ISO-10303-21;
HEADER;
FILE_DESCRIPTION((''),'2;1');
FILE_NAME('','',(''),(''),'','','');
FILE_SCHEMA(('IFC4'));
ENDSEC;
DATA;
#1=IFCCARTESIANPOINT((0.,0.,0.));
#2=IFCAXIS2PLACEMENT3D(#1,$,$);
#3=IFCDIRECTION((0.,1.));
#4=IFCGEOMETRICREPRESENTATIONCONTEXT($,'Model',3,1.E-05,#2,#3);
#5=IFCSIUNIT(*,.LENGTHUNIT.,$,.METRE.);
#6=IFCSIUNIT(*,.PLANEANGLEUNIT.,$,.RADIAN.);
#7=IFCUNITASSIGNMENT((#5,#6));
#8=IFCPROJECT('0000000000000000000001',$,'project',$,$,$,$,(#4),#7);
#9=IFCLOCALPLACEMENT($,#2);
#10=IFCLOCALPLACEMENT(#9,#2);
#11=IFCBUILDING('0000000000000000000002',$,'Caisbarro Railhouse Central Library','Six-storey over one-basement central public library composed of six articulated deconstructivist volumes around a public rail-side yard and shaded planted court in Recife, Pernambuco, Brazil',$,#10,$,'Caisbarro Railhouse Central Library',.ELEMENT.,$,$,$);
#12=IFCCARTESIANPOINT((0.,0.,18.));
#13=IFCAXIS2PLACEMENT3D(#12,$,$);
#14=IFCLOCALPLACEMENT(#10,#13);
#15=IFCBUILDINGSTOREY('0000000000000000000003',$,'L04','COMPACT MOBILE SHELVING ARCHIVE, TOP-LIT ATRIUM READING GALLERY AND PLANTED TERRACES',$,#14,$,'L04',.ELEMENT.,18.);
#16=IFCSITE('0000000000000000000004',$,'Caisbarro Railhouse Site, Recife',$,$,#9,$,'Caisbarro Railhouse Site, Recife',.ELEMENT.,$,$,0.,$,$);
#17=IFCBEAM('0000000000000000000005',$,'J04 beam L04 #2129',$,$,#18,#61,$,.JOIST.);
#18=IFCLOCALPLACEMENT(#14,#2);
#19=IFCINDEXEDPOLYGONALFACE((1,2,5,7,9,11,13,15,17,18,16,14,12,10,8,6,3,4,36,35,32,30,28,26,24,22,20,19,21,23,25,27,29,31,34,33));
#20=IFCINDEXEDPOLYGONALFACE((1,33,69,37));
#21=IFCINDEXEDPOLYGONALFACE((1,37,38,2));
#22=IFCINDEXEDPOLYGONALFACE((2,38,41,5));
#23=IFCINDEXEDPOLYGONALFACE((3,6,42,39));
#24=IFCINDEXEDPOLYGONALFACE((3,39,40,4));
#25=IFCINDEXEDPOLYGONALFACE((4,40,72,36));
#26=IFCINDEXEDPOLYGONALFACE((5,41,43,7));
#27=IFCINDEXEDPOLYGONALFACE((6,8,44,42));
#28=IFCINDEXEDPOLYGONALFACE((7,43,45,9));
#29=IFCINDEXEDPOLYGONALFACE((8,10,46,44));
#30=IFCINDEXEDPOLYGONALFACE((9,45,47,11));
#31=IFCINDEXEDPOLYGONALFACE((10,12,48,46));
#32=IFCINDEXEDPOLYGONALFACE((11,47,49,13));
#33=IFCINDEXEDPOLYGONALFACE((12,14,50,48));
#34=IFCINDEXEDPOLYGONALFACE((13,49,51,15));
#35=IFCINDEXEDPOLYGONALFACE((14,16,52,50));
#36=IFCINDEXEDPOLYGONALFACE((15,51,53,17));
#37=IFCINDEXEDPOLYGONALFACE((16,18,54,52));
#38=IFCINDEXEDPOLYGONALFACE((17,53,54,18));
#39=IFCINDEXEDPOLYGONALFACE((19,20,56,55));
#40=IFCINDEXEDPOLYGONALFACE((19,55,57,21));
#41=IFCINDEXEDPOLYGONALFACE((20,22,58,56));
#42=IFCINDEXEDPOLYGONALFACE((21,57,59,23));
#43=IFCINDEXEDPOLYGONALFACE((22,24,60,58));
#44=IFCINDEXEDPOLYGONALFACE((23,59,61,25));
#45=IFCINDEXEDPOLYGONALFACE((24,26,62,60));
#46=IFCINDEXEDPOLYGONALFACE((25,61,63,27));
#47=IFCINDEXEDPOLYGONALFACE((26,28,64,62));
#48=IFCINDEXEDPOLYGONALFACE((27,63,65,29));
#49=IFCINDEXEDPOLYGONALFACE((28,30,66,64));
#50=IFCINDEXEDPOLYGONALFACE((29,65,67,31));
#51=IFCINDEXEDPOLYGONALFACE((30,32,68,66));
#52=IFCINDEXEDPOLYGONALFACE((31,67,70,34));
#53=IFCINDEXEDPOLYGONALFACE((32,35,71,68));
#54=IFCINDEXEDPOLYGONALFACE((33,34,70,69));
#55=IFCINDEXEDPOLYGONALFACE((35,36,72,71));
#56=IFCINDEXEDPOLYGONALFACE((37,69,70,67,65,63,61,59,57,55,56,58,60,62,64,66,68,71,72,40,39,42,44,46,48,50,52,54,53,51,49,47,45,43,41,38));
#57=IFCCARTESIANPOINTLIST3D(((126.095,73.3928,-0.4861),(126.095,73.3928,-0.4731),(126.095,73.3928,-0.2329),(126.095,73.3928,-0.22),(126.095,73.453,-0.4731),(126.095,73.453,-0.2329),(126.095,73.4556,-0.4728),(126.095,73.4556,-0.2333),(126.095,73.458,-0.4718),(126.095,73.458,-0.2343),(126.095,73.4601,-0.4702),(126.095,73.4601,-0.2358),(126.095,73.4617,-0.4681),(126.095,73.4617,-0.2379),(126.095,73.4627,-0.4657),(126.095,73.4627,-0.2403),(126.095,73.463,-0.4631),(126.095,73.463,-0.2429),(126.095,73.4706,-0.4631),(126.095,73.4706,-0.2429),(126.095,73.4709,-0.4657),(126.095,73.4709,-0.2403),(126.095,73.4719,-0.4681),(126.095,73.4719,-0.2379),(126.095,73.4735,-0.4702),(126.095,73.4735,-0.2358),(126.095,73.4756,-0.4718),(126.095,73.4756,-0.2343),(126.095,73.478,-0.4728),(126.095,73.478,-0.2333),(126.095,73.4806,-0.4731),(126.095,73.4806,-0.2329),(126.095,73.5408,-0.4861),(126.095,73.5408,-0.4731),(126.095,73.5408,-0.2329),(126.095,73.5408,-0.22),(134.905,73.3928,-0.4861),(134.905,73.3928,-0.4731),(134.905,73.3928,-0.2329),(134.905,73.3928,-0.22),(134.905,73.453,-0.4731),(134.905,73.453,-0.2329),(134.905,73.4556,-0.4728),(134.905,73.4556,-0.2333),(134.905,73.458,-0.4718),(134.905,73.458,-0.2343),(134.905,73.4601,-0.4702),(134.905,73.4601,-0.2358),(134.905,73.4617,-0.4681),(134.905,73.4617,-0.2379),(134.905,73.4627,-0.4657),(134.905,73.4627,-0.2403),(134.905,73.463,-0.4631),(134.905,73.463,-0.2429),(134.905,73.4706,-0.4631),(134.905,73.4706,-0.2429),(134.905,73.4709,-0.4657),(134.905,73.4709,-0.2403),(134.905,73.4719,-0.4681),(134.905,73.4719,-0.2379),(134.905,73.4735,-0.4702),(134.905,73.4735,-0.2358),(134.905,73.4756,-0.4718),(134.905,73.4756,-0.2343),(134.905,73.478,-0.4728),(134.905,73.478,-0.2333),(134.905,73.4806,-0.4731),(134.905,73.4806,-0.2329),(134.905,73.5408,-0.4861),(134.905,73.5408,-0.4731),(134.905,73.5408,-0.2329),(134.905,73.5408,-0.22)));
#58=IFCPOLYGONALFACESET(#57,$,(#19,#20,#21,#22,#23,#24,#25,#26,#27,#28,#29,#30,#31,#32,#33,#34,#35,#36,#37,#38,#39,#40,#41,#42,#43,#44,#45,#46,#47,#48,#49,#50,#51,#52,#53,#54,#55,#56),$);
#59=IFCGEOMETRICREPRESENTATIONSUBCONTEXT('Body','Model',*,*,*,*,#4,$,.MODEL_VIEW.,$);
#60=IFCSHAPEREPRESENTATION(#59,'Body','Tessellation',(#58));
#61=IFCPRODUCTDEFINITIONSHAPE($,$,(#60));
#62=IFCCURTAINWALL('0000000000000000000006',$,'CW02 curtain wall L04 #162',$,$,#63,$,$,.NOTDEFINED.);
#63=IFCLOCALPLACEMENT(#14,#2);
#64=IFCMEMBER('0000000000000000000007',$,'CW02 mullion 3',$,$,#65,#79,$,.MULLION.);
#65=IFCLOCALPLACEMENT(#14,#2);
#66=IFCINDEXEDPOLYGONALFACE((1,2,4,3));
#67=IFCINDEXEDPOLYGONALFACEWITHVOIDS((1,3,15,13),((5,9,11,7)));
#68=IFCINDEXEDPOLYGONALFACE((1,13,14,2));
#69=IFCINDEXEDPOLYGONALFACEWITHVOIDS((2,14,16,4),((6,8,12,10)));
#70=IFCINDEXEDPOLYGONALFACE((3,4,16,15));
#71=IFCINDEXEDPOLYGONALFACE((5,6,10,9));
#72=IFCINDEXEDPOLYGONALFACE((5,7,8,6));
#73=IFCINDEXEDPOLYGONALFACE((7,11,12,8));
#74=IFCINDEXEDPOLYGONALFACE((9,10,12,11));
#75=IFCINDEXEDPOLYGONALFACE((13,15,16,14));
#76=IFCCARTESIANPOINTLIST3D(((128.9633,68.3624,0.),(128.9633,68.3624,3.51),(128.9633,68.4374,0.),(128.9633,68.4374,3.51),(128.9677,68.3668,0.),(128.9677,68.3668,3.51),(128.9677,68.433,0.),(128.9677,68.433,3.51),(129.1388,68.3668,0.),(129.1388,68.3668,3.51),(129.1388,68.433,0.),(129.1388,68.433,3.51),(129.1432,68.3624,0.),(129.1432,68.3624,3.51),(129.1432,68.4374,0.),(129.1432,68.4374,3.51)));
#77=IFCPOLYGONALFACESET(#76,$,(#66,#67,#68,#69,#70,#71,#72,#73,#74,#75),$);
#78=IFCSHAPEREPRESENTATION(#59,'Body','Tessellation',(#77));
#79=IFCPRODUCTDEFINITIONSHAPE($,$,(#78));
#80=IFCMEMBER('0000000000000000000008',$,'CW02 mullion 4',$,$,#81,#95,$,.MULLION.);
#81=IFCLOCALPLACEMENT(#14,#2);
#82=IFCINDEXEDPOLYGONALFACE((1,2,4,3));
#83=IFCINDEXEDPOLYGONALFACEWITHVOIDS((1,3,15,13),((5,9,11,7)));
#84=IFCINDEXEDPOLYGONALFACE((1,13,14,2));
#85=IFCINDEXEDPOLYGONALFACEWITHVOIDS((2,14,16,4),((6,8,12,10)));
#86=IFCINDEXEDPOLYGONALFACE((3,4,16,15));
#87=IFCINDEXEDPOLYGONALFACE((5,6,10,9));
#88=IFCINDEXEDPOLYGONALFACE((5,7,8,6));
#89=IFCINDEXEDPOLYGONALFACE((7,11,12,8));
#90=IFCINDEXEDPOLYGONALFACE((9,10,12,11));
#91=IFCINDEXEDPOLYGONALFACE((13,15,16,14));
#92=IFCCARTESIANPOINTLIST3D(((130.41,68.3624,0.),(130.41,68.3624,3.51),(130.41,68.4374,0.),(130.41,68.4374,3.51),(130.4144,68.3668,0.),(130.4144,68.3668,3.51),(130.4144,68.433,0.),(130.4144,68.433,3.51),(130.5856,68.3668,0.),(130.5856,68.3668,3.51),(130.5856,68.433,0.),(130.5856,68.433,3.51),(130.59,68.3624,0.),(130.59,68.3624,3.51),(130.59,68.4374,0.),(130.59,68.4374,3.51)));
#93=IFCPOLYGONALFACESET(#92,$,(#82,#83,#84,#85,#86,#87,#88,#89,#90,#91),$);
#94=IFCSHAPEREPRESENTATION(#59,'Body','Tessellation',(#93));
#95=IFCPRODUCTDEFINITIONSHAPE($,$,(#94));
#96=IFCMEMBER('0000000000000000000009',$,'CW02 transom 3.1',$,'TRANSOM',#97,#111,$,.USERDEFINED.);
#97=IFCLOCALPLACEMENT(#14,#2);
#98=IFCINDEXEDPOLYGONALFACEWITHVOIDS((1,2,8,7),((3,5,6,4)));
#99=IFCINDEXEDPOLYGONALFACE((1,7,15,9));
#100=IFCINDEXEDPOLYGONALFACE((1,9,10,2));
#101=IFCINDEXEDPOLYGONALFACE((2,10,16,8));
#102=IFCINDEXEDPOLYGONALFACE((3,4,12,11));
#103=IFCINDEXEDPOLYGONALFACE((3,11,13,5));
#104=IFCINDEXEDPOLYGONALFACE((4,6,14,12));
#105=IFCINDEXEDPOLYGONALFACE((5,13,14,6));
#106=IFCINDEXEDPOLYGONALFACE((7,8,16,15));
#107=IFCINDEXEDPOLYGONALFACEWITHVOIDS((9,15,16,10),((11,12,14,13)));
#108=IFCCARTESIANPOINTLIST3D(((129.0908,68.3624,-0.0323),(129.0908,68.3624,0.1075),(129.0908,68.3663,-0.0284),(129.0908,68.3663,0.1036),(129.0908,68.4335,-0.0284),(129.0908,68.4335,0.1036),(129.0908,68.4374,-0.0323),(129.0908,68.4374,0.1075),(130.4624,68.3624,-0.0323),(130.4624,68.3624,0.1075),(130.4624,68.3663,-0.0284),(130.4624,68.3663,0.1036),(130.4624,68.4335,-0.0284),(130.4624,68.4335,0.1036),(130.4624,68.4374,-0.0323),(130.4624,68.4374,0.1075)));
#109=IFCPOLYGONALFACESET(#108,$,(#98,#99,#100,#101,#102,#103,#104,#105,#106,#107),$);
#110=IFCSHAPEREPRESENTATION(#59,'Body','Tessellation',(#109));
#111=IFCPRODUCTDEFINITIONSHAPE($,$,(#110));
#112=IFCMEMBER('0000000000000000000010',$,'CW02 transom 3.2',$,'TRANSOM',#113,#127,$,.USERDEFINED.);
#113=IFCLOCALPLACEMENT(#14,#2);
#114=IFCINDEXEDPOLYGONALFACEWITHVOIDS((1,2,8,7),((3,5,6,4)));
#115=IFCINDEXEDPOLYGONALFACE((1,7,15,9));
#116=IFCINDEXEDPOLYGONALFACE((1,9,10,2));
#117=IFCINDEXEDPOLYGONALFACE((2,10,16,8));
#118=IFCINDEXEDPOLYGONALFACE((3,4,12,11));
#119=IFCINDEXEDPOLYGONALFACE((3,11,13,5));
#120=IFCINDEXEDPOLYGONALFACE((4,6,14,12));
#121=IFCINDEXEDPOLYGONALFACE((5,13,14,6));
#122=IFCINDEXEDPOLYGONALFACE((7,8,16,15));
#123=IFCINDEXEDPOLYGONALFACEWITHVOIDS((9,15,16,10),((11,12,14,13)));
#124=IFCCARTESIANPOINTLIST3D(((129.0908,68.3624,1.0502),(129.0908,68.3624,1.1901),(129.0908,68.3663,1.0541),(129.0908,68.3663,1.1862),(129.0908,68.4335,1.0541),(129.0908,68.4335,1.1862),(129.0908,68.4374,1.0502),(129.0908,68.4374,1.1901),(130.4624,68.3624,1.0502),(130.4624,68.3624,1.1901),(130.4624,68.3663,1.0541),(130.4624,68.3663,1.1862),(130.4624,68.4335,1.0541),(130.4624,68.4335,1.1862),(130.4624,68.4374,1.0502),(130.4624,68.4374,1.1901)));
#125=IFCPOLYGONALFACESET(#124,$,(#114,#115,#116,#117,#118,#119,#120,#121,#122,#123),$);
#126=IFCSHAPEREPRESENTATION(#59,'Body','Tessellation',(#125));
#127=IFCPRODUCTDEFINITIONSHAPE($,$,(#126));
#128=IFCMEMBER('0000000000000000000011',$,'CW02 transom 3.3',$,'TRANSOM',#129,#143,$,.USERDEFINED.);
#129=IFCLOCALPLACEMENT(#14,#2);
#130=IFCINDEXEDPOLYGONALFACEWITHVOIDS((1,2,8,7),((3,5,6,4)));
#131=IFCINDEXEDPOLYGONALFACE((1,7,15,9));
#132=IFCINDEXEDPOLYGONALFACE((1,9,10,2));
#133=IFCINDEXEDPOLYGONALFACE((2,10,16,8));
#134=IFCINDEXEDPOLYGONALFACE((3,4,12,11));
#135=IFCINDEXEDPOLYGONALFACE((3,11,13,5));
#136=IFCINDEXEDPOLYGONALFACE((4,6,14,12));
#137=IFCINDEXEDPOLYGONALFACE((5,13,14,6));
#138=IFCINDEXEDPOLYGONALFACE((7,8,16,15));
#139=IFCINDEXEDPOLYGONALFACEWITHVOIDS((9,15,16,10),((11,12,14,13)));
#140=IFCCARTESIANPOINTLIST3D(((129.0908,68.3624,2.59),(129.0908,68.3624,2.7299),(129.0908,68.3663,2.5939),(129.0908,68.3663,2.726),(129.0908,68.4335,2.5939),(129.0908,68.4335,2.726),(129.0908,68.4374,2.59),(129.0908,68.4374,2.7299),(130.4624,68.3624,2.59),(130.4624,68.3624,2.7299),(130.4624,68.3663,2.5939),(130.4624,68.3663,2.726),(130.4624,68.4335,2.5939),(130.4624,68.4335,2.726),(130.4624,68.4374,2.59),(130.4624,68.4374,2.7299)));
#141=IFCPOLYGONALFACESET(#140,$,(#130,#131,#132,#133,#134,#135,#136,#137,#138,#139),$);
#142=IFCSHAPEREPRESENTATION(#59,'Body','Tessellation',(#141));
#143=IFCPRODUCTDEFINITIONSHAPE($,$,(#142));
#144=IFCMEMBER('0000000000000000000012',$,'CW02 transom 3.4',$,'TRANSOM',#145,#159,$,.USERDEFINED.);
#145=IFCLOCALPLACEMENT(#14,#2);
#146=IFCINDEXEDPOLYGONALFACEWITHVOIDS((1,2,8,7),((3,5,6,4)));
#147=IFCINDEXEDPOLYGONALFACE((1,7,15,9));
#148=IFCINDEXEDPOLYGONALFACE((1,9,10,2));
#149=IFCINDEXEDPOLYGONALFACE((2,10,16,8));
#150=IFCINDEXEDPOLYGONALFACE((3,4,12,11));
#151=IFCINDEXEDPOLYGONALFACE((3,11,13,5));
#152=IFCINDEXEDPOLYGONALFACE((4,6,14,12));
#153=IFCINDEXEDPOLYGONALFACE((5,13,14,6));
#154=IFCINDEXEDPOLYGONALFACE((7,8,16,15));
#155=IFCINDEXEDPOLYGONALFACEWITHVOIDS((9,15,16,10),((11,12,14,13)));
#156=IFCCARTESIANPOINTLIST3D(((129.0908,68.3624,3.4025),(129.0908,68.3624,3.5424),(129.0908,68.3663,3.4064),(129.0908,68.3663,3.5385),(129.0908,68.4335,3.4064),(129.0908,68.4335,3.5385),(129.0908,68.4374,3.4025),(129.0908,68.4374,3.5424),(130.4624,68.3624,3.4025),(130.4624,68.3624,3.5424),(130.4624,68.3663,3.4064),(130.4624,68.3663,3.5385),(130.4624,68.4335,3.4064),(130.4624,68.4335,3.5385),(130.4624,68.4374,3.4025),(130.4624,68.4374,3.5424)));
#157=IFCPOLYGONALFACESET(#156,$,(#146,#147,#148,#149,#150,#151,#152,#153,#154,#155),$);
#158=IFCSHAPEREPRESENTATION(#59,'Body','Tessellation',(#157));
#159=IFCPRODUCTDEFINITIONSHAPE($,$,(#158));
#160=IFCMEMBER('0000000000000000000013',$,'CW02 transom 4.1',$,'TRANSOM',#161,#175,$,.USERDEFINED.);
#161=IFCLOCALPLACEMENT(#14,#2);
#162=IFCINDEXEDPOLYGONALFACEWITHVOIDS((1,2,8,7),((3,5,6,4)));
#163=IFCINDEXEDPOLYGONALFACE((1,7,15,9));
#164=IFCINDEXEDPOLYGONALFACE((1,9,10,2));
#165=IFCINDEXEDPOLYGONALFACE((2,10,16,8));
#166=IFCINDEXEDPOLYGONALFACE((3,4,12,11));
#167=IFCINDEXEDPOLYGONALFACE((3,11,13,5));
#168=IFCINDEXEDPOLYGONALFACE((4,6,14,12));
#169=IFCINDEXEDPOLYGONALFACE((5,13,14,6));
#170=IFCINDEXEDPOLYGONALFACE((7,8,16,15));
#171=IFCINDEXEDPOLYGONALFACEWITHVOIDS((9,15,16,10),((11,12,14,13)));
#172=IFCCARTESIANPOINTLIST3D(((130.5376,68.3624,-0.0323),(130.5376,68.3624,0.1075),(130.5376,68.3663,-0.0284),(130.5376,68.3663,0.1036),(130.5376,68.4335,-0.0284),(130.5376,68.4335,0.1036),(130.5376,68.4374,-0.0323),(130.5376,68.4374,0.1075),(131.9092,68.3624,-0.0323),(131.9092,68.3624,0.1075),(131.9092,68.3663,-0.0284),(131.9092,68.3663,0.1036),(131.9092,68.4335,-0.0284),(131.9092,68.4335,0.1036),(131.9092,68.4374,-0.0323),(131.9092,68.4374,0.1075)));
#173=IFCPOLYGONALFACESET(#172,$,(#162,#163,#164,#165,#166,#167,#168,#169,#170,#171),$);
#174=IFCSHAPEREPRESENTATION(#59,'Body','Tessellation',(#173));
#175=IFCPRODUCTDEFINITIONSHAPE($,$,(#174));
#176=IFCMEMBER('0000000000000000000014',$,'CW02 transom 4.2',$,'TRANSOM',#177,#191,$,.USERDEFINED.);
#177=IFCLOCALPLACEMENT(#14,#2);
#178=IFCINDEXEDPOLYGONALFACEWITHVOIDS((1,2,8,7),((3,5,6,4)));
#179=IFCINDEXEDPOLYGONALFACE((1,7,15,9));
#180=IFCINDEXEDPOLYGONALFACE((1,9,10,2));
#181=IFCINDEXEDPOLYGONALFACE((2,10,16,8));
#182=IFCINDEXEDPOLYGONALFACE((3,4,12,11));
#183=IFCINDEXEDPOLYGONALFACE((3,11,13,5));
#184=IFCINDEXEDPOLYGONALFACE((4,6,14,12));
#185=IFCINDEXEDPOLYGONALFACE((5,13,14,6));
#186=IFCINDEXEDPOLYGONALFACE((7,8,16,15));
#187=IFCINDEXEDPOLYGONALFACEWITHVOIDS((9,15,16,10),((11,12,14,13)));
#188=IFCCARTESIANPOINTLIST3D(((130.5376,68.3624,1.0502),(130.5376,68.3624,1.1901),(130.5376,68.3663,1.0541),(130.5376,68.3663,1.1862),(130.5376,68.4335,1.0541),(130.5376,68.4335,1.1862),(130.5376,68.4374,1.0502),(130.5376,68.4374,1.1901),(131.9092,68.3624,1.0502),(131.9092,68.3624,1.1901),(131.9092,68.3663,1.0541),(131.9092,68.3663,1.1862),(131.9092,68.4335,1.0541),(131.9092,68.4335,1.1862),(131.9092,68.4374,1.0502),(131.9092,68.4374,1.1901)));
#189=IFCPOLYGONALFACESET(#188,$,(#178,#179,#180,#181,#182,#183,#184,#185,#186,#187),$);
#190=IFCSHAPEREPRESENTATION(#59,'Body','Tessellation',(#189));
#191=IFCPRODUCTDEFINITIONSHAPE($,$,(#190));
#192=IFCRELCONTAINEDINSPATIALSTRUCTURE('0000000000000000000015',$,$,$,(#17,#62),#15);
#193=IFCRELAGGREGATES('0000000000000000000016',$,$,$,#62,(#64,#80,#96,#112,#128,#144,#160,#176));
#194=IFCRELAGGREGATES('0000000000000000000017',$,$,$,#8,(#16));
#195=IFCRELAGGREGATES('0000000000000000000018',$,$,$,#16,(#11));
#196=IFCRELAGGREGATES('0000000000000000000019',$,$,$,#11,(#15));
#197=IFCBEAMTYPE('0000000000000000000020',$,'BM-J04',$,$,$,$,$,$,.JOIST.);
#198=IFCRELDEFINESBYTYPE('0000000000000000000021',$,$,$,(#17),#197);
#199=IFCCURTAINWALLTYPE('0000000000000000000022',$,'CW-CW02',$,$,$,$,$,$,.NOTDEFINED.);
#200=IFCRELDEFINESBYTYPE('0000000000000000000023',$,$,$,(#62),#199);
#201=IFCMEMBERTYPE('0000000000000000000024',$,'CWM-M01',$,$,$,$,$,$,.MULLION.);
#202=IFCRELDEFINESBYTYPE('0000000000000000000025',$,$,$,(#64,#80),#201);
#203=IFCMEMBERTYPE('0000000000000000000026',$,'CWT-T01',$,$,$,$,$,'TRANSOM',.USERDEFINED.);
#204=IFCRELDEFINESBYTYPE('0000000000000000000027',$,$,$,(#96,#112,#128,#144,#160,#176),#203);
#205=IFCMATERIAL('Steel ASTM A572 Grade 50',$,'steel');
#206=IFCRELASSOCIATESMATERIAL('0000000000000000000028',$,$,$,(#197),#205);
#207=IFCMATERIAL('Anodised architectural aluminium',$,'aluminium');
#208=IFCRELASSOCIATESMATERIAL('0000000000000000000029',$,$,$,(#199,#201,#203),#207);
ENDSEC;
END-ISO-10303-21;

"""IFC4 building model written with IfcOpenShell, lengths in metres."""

from ifc_helpers import new_model, si_unit, direction, frame, origin, origin_2d, place, context, subcontext, project, spatial, hollow_rectangle, i_section, extrude, material, material_profile, profile_set, type_object, element, aggregate, save


model = new_model("IFC4")

# Units and contexts
model_context = context("Model", 3, precision=1e-05, world=origin(), true_north=direction((0.0, 1.0)))
body_context = subcontext(model_context, "Body", "Model", "MODEL_VIEW")
ifc_project = project(units=[si_unit("LENGTHUNIT", "METRE"), si_unit("PLANEANGLEUNIT", "RADIAN")], contexts=[model_context])

# Site, building, storey
site_placement = place(None, origin())
site = spatial("IfcSite", under=ifc_project, at=site_placement, Name="Caisbarro Railhouse Site, Recife", LongName="Caisbarro Railhouse Site, Recife", CompositionType="ELEMENT", RefElevation=0.0)
building_placement = place(site_placement, origin())
building = spatial("IfcBuilding", under=site, at=building_placement, Name="Caisbarro Railhouse Central Library", Description="Six-storey over one-basement central public library composed of six articulated deconstructivist volumes around a public rail-side yard and shaded planted court in Recife, Pernambuco, Brazil", LongName="Caisbarro Railhouse Central Library", CompositionType="ELEMENT")
storey_placement = place(building_placement, frame((0.0, 0.0, 18.0)))
storey = spatial("IfcBuildingStorey", under=building, at=storey_placement, Name="L04", Description="COMPACT MOBILE SHELVING ARCHIVE, TOP-LIT ATRIUM READING GALLERY AND PLANTED TERRACES", LongName="L04", CompositionType="ELEMENT", Elevation=18.0)

# Shared definitions
ifc_material_1 = material(Name="Steel ASTM A572 Grade 50", Category="steel")

# Beam
ifc_material_profile_1 = material_profile(ifc_material_1, i_section(OverallWidth=0.1479, OverallDepth=0.2661, WebThickness=0.0076, FlangeThickness=0.0129, FilletRadius=0.01, at=origin_2d()), Name="W250X44.8")
ifc_profile_set_1 = profile_set([ifc_material_profile_1], Name="Steel ASTM A572 Grade 50")
beam_type_1 = type_object("IfcBeamType", Name="BM-J04", PredefinedType="JOIST", material=ifc_profile_set_1)
for number, where, z_axis, x_axis, name in (
    (1, (126.095, 73.4668, -0.353), (1.0, 0.0, 0.0), (0.0, 1.0, 0.0), "J04 beam L04 #2129"),
):
    element("IfcBeam", number, at=place(storey_placement, frame(where, z_axis=z_axis, x_axis=x_axis)), inside=storey, type_object=beam_type_1, Name=name, PredefinedType="JOIST", context=body_context, shape_type="SweptSolid", body=[
        extrude(i_section(OverallWidth=0.1479, OverallDepth=0.2661, WebThickness=0.0076, FlangeThickness=0.0129, FilletRadius=0.01, at=origin_2d()), origin(), (0.0, 0.0, 1.0), 8.8101),
    ])

# Curtain wall, members
ifc_material_2 = material(Name="Anodised architectural aluminium", Category="aluminium")
curtain_wall_type = type_object("IfcCurtainWallType", Name="CW-CW02", PredefinedType="NOTDEFINED", material=ifc_material_2)
curtain_wall_placement = place(storey_placement, origin())
curtain_wall = element("IfcCurtainWall", 2, at=curtain_wall_placement, inside=storey, type_object=curtain_wall_type, Name="CW02 curtain wall L04 #162", PredefinedType="NOTDEFINED")
ifc_material_profile_2 = material_profile(ifc_material_2, hollow_rectangle(XDim=0.075, YDim=0.1799, WallThickness=0.0044, at=origin_2d()), Name="ALU-MUL-75X180")
ifc_profile_set_2 = profile_set([ifc_material_profile_2], Name="Anodised architectural aluminium")
member_type_1 = type_object("IfcMemberType", Name="CWM-M01", PredefinedType="MULLION", material=ifc_profile_set_2)
member_1_placement = place(storey_placement, frame((129.0532, 68.3999, 0.0), z_axis=(0.0, 0.0, 1.0), x_axis=(0.0, 1.0, 0.0)))
member_1 = element("IfcMember", 3, at=member_1_placement, type_object=member_type_1, Name="CW02 mullion 3", PredefinedType="MULLION", context=body_context, shape_type="SweptSolid", body=[
    extrude(hollow_rectangle(XDim=0.075, YDim=0.1799, WallThickness=0.0044, at=origin_2d()), origin(), (0.0, 0.0, 1.0), 3.51),
])
member_2_placement = place(storey_placement, frame((130.5, 68.3999, 0.0), z_axis=(0.0, 0.0, 1.0), x_axis=(0.0, 1.0, 0.0)))
member_2 = element("IfcMember", 4, at=member_2_placement, type_object=member_type_1, Name="CW02 mullion 4", PredefinedType="MULLION", context=body_context, shape_type="SweptSolid", body=[
    extrude(hollow_rectangle(XDim=0.075, YDim=0.1799, WallThickness=0.0044, at=origin_2d()), origin(), (0.0, 0.0, 1.0), 3.51),
])
ifc_material_profile_3 = material_profile(ifc_material_2, hollow_rectangle(XDim=0.075, YDim=0.1399, WallThickness=0.0039, at=origin_2d()), Name="ALU-TRN-75X140")
ifc_profile_set_3 = profile_set([ifc_material_profile_3], Name="Anodised architectural aluminium")
member_type_2 = type_object("IfcMemberType", Name="CWT-T01", ElementType="TRANSOM", PredefinedType="USERDEFINED", material=ifc_profile_set_3)
member_3_placement = place(storey_placement, frame((129.0908, 68.3999, 0.0376), z_axis=(1.0, 0.0, 0.0), x_axis=(0.0, 1.0, 0.0)))
member_3 = element("IfcMember", 5, at=member_3_placement, type_object=member_type_2, Name="CW02 transom 3.1", ObjectType="TRANSOM", PredefinedType="USERDEFINED", context=body_context, shape_type="SweptSolid", body=[
    extrude(hollow_rectangle(XDim=0.075, YDim=0.1399, WallThickness=0.0039, at=origin_2d()), origin(), (0.0, 0.0, 1.0), 1.3716),
])
member_4_placement = place(storey_placement, frame((129.0908, 68.3999, 1.1201), z_axis=(1.0, 0.0, 0.0), x_axis=(0.0, 1.0, 0.0)))
member_4 = element("IfcMember", 6, at=member_4_placement, type_object=member_type_2, Name="CW02 transom 3.2", ObjectType="TRANSOM", PredefinedType="USERDEFINED", context=body_context, shape_type="SweptSolid", body=[
    extrude(hollow_rectangle(XDim=0.075, YDim=0.1399, WallThickness=0.0039, at=origin_2d()), origin(), (0.0, 0.0, 1.0), 1.3716),
])
member_5_placement = place(storey_placement, frame((129.0908, 68.3999, 2.6599), z_axis=(1.0, 0.0, 0.0), x_axis=(0.0, 1.0, 0.0)))
member_5 = element("IfcMember", 7, at=member_5_placement, type_object=member_type_2, Name="CW02 transom 3.3", ObjectType="TRANSOM", PredefinedType="USERDEFINED", context=body_context, shape_type="SweptSolid", body=[
    extrude(hollow_rectangle(XDim=0.075, YDim=0.1399, WallThickness=0.0039, at=origin_2d()), origin(), (0.0, 0.0, 1.0), 1.3716),
])
member_6_placement = place(storey_placement, frame((129.0908, 68.3999, 3.4724), z_axis=(1.0, 0.0, 0.0), x_axis=(0.0, 1.0, 0.0)))
member_6 = element("IfcMember", 8, at=member_6_placement, type_object=member_type_2, Name="CW02 transom 3.4", ObjectType="TRANSOM", PredefinedType="USERDEFINED", context=body_context, shape_type="SweptSolid", body=[
    extrude(hollow_rectangle(XDim=0.075, YDim=0.1399, WallThickness=0.0039, at=origin_2d()), origin(), (0.0, 0.0, 1.0), 1.3716),
])
member_7_placement = place(storey_placement, frame((130.5376, 68.3999, 0.0376), z_axis=(1.0, 0.0, 0.0), x_axis=(0.0, 1.0, 0.0)))
member_7 = element("IfcMember", 9, at=member_7_placement, type_object=member_type_2, Name="CW02 transom 4.1", ObjectType="TRANSOM", PredefinedType="USERDEFINED", context=body_context, shape_type="SweptSolid", body=[
    extrude(hollow_rectangle(XDim=0.075, YDim=0.1399, WallThickness=0.0039, at=origin_2d()), origin(), (0.0, 0.0, 1.0), 1.3716),
])
member_8_placement = place(storey_placement, frame((130.5376, 68.3999, 1.1201), z_axis=(1.0, 0.0, 0.0), x_axis=(0.0, 1.0, 0.0)))
member_8 = element("IfcMember", 10, at=member_8_placement, type_object=member_type_2, Name="CW02 transom 4.2", ObjectType="TRANSOM", PredefinedType="USERDEFINED", context=body_context, shape_type="SweptSolid", body=[
    extrude(hollow_rectangle(XDim=0.075, YDim=0.1399, WallThickness=0.0039, at=origin_2d()), origin(), (0.0, 0.0, 1.0), 1.3716),
])
aggregate(curtain_wall, [member_1, member_2, member_3, member_4, member_5, member_6, member_7, member_8])

save(model, "model.ifc")
